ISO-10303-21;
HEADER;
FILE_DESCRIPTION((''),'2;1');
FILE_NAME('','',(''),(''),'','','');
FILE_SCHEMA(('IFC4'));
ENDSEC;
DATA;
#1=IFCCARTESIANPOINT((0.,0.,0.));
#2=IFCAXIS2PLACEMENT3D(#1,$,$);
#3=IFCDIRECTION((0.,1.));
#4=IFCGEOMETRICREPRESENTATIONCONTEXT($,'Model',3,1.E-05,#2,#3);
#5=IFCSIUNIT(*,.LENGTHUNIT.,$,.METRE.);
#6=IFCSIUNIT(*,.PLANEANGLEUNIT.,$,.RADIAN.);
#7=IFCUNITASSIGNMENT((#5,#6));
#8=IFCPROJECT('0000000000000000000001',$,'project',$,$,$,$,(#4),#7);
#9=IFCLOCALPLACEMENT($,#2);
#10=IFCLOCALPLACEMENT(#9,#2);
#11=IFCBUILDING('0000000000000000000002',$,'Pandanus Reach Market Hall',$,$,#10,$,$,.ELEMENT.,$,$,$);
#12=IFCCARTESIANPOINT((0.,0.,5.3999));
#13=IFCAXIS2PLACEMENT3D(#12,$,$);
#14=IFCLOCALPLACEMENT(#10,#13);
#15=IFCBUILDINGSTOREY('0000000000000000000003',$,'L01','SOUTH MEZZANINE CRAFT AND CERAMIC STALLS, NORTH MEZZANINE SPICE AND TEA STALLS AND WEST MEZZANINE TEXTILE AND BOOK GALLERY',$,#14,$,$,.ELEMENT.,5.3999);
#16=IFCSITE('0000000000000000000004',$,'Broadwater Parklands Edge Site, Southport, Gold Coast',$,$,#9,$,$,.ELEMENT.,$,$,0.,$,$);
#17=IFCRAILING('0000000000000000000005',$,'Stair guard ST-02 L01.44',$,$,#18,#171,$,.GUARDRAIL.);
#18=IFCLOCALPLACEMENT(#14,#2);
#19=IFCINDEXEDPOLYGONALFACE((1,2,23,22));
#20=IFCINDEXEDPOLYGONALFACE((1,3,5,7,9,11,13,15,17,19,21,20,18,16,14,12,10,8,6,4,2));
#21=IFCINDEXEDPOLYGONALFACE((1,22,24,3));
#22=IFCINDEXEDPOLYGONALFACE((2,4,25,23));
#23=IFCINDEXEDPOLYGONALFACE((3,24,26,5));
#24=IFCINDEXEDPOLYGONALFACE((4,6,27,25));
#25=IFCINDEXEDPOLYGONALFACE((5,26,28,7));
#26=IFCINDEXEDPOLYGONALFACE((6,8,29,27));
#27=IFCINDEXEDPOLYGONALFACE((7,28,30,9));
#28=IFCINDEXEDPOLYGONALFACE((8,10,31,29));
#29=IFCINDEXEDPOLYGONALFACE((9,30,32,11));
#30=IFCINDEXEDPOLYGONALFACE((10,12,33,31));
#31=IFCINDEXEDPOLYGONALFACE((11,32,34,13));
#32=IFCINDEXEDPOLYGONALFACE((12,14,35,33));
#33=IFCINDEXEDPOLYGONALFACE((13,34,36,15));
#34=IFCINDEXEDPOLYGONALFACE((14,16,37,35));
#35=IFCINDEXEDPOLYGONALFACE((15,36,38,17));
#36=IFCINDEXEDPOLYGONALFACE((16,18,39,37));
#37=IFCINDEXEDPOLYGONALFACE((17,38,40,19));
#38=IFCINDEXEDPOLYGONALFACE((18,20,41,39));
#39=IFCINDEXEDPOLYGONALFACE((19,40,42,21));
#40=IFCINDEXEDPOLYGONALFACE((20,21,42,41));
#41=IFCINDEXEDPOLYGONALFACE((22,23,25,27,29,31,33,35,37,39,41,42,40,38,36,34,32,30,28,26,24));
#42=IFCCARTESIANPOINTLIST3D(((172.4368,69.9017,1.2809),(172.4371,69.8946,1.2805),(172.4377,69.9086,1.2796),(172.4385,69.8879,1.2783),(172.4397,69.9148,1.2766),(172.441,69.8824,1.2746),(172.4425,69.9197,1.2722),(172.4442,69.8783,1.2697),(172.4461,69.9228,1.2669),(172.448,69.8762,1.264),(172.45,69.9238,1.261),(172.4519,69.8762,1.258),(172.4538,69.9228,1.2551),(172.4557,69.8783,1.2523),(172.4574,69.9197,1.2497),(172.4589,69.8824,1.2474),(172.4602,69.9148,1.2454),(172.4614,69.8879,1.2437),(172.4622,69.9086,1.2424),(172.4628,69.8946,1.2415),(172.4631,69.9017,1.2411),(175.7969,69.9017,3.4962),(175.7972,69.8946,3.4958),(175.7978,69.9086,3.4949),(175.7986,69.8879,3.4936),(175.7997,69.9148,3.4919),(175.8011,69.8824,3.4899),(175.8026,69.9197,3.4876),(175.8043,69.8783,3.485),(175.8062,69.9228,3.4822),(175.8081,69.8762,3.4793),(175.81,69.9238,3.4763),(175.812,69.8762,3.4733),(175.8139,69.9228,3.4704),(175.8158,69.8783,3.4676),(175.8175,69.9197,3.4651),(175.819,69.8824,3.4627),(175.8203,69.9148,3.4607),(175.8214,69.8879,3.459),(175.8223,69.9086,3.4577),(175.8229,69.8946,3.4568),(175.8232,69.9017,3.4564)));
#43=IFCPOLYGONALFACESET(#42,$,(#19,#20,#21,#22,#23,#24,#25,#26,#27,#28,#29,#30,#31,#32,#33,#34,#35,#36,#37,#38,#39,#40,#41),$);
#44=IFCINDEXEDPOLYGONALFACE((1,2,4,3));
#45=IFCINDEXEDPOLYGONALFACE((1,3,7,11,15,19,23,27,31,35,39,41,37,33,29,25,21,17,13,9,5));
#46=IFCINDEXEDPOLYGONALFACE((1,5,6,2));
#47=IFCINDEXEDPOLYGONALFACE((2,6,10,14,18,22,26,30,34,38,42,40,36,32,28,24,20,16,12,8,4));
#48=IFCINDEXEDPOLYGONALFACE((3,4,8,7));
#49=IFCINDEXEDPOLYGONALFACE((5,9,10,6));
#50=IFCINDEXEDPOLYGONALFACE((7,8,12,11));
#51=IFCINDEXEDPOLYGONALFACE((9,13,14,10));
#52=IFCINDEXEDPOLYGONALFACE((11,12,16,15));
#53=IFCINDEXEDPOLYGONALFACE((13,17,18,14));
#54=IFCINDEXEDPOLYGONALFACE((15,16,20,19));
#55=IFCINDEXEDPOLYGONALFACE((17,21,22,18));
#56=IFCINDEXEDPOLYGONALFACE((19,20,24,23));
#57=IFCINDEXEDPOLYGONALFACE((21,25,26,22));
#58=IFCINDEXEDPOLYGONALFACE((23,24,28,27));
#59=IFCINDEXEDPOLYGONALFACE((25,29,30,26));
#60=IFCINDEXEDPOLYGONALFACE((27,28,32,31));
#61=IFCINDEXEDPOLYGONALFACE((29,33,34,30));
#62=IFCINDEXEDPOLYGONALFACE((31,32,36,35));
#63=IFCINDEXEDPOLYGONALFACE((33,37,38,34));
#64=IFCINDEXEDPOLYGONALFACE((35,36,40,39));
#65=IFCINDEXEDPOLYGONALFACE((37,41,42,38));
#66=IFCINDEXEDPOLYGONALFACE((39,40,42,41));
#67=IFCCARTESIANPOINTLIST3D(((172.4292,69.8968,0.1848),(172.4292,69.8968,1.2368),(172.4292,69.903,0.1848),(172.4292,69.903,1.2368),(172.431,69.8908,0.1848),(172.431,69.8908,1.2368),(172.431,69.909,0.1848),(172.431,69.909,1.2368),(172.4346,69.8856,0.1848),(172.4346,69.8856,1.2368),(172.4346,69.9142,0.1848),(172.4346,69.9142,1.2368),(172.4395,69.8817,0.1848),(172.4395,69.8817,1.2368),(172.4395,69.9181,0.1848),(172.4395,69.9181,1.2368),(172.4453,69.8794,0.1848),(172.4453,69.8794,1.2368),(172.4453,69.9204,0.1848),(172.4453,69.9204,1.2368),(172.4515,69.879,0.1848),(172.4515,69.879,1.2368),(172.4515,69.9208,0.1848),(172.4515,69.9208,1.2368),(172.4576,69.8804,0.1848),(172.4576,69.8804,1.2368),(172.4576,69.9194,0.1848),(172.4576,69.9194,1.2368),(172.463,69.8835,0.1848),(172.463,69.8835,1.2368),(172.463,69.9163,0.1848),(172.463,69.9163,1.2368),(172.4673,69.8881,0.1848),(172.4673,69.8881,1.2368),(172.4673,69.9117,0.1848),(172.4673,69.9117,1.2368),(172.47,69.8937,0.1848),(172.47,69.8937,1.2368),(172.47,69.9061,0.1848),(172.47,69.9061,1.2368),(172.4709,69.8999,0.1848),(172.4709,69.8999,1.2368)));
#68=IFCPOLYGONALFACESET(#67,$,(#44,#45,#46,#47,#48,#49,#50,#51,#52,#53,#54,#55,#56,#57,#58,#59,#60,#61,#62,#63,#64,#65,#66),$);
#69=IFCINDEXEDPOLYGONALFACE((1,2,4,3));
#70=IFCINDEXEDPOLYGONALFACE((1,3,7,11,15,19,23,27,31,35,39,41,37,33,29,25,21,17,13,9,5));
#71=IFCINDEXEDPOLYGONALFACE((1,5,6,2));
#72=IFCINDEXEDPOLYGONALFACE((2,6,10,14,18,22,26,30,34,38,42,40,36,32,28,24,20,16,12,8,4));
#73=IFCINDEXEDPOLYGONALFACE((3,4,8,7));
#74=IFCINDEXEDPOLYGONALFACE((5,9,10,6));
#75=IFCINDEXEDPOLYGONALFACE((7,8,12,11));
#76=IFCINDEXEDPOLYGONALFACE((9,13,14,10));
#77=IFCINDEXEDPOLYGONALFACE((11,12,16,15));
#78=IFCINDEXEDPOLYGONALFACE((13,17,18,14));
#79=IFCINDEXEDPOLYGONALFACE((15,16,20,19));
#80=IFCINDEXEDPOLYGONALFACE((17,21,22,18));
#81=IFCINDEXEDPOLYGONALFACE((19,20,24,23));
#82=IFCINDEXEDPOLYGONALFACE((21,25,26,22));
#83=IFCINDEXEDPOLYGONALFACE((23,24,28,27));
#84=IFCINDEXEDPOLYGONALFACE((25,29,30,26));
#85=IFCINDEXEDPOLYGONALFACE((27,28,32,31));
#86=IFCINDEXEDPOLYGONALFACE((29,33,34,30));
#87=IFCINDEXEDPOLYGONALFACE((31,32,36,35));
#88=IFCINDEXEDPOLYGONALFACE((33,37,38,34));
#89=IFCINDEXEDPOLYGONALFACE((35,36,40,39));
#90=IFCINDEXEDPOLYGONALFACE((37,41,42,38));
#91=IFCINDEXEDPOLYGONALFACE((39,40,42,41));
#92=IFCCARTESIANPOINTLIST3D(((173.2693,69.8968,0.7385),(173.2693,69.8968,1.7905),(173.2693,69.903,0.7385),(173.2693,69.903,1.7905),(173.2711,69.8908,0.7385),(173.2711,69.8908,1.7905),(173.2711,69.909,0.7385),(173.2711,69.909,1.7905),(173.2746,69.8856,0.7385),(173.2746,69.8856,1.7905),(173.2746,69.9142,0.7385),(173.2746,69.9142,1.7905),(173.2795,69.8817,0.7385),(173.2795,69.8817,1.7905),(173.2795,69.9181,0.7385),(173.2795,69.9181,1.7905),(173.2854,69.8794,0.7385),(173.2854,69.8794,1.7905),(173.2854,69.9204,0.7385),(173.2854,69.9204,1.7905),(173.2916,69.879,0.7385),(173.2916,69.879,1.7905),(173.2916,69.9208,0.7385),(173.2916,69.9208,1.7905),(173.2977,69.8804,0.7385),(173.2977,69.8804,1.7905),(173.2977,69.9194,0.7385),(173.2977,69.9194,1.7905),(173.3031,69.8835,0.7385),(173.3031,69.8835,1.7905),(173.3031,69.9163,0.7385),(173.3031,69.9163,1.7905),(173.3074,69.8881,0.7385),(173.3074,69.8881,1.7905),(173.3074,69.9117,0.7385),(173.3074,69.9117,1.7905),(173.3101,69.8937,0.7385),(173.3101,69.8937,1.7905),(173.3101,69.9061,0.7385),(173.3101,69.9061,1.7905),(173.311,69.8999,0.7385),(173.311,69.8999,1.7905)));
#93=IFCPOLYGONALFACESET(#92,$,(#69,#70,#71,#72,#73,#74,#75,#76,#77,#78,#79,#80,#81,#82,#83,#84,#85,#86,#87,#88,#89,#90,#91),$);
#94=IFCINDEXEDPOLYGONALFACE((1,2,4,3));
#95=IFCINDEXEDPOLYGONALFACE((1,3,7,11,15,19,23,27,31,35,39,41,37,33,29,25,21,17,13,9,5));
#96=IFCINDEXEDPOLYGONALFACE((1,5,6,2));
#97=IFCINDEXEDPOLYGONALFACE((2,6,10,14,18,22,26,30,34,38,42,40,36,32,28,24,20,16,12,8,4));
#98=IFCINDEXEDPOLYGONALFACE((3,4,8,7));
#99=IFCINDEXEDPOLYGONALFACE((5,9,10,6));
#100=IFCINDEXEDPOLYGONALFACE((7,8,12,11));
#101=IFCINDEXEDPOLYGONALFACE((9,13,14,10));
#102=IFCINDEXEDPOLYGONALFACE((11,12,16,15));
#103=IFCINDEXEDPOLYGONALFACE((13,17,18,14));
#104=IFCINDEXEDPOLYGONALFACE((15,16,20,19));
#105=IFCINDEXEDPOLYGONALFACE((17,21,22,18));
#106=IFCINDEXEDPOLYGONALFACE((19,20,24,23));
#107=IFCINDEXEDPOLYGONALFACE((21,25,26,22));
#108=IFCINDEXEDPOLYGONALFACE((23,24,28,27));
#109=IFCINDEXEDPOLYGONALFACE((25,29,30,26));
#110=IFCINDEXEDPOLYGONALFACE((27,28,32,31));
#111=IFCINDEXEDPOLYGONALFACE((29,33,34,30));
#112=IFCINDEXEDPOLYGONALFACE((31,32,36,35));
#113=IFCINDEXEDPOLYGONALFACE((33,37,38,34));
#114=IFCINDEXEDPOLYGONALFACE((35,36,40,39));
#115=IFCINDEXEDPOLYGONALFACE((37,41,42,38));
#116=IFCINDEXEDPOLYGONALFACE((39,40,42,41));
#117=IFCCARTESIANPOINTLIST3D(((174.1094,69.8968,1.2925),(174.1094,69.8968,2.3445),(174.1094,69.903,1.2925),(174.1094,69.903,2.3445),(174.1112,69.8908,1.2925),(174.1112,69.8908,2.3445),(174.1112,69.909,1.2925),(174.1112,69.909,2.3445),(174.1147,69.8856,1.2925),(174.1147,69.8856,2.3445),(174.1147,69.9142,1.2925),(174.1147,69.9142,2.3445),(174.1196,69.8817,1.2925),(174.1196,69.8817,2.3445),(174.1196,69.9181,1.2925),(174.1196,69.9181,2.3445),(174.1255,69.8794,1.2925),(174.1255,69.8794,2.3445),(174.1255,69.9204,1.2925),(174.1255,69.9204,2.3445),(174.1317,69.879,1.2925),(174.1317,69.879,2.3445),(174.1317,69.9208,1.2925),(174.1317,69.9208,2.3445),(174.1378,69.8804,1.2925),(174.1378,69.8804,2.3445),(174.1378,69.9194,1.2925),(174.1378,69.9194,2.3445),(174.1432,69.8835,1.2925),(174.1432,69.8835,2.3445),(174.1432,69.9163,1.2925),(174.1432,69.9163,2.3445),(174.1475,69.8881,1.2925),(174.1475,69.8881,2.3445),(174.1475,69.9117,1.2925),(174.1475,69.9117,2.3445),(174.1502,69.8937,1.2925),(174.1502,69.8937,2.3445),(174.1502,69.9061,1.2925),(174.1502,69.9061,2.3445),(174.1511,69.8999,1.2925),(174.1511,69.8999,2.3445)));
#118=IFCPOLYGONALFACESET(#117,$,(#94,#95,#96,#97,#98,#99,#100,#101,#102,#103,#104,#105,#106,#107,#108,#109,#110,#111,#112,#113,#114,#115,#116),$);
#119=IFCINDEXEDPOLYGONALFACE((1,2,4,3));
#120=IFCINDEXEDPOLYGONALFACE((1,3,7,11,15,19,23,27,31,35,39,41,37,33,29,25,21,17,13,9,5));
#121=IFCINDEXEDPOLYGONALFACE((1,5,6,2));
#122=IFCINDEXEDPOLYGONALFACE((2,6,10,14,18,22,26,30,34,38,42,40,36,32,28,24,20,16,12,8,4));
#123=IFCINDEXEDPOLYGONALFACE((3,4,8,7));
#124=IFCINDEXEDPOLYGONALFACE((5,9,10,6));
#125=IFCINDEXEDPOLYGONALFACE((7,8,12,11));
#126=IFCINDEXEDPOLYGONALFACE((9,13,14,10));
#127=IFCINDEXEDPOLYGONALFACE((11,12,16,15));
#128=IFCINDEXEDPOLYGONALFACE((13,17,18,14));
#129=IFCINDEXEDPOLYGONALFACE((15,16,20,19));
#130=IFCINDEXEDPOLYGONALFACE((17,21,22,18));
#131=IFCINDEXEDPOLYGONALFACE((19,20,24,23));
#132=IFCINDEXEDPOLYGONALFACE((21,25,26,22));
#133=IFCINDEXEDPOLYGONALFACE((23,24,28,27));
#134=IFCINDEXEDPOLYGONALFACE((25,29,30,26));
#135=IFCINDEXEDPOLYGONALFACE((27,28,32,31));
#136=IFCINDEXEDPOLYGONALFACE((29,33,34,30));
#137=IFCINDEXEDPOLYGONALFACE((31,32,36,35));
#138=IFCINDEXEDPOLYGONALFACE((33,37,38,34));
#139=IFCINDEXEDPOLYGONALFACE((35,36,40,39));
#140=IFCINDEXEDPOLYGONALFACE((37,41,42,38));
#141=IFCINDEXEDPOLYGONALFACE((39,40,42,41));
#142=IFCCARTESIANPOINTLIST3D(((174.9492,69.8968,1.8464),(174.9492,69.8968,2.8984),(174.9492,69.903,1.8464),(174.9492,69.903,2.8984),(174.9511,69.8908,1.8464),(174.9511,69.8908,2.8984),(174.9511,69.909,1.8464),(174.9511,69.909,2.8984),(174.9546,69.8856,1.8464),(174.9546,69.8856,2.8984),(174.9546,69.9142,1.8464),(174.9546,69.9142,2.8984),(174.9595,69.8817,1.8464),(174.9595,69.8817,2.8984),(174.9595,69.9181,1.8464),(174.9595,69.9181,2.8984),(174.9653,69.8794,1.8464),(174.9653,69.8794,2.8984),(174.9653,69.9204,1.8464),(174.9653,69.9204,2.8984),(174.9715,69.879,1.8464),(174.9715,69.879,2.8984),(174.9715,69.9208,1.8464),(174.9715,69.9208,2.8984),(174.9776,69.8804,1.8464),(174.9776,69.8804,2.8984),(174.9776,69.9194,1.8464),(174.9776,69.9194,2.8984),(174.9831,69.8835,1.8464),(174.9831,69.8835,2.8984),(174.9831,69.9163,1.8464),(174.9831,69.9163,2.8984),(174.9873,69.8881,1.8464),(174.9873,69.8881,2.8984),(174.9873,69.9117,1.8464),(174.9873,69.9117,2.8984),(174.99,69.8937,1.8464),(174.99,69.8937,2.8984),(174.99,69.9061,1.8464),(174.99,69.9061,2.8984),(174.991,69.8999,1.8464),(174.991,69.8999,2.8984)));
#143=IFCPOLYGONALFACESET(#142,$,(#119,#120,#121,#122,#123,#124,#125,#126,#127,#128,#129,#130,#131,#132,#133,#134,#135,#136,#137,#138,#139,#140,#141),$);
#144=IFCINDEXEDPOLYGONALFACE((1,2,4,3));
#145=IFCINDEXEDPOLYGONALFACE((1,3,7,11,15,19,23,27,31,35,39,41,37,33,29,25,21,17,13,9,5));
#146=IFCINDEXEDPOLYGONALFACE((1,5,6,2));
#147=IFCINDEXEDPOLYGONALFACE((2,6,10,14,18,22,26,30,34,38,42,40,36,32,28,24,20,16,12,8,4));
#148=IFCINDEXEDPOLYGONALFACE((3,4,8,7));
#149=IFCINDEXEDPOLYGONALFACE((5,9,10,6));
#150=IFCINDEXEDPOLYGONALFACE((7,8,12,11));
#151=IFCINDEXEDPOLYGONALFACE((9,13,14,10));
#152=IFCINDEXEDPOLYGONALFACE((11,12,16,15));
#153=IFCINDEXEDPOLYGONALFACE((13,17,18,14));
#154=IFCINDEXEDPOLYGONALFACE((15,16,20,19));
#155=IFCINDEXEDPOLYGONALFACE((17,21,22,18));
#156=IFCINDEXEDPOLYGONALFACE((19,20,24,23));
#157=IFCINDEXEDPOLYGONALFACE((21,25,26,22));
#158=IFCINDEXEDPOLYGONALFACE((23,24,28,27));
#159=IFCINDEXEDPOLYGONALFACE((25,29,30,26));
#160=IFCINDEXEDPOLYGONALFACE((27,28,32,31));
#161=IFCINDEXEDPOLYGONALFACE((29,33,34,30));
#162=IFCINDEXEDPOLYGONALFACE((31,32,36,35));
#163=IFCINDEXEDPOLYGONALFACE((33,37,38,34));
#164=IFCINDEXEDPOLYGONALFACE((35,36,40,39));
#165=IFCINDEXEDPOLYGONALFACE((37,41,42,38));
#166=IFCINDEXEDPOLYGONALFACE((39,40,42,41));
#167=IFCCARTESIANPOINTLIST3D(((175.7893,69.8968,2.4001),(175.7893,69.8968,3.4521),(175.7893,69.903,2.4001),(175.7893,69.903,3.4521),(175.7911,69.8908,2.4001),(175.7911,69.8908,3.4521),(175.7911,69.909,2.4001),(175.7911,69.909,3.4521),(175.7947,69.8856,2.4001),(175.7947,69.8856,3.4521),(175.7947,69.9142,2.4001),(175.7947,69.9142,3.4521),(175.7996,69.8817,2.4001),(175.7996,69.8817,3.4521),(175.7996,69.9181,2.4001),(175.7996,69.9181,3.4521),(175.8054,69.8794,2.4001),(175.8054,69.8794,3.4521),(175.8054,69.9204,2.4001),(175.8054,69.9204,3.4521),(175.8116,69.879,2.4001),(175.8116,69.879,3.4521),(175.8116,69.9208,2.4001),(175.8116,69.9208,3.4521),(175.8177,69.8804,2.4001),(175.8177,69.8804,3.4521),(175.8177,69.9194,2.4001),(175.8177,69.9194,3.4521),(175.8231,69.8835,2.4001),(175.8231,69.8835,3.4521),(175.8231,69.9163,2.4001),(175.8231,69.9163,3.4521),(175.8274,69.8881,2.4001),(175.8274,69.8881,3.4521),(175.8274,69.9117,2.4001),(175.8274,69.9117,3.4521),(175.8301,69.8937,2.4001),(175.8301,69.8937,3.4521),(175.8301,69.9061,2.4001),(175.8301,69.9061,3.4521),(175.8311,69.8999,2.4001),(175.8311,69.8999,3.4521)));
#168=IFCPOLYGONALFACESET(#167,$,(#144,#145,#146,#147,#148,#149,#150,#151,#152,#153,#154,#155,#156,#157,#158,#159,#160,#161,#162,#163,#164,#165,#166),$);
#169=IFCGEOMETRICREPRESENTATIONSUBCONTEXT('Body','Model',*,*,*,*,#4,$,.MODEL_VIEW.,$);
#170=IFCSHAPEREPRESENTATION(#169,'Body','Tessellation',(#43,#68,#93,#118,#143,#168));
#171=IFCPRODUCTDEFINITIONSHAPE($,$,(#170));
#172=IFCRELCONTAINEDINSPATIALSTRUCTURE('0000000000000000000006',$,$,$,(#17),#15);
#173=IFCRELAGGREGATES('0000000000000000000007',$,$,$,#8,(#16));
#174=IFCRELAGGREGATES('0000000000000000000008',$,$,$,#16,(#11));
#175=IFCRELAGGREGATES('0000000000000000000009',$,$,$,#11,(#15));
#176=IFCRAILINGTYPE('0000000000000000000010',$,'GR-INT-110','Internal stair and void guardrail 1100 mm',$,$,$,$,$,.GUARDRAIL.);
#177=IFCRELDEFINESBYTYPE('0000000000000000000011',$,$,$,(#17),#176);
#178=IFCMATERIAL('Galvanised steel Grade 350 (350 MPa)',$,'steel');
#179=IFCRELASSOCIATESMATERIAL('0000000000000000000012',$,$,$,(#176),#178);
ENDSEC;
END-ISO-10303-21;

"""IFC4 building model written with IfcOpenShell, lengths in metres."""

from ifc_helpers import new_model, si_unit, direction, frame, origin, origin_2d, place, context, subcontext, project, spatial, circle, extrude, material, type_object, element, save


model = new_model("IFC4")

# Units and contexts
model_context = context("Model", 3, precision=1e-05, world=origin(), true_north=direction((0.0, 1.0)))
body_context = subcontext(model_context, "Body", "Model", "MODEL_VIEW")
ifc_project = project(units=[si_unit("LENGTHUNIT", "METRE"), si_unit("PLANEANGLEUNIT", "RADIAN")], contexts=[model_context])

# Site, building, storey
site_placement = place(None, origin())
site = spatial("IfcSite", under=ifc_project, at=site_placement, Name="Broadwater Parklands Edge Site, Southport, Gold Coast", CompositionType="ELEMENT", RefElevation=0.0)
building_placement = place(site_placement, origin())
building = spatial("IfcBuilding", under=site, at=building_placement, Name="Pandanus Reach Market Hall", CompositionType="ELEMENT")
storey_placement = place(building_placement, frame((0.0, 0.0, 5.3999)))
storey = spatial("IfcBuildingStorey", under=building, at=storey_placement, Name="L01", Description="SOUTH MEZZANINE CRAFT AND CERAMIC STALLS, NORTH MEZZANINE SPICE AND TEA STALLS AND WEST MEZZANINE TEXTILE AND BOOK GALLERY", CompositionType="ELEMENT", Elevation=5.3999)

# Railing
ifc_material_1 = material(Name="Galvanised steel Grade 350 (350 MPa)", Category="steel")
railing_type_1 = type_object("IfcRailingType", Name="GR-INT-110", Description="Internal stair and void guardrail 1100 mm", PredefinedType="GUARDRAIL", material=ifc_material_1)
railing_1_placement = place(storey_placement, frame((172.45, 69.8999, 0.1848)))
element("IfcRailing", 1, at=railing_1_placement, inside=storey, type_object=railing_type_1, Name="Stair guard ST-02 L01.44", PredefinedType="GUARDRAIL", context=body_context, shape_type="SweptSolid", body=[
    extrude(circle(Radius=0.0239, at=origin_2d()), frame((0.0, 0.0, 1.0762), z_axis=(0.834876, 0.0, 0.550437), x_axis=(0.0, 1.0, 0.0)), (0.0, 0.0, 1.0), 4.0247),
    extrude(circle(Radius=0.021, at=origin_2d()), origin(), (0.0, 0.0, 1.0), 1.052),
    extrude(circle(Radius=0.021, at=origin_2d()), frame((0.8401, 0.0, 0.5537)), (0.0, 0.0, 1.0), 1.052),
    extrude(circle(Radius=0.021, at=origin_2d()), frame((1.6802, 0.0, 1.1077)), (0.0, 0.0, 1.0), 1.052),
    extrude(circle(Radius=0.021, at=origin_2d()), frame((2.52, 0.0, 1.6616)), (0.0, 0.0, 1.0), 1.052),
    extrude(circle(Radius=0.021, at=origin_2d()), frame((3.3601, 0.0, 2.2153)), (0.0, 0.0, 1.0), 1.052),
])

save(model, "model.ifc")
